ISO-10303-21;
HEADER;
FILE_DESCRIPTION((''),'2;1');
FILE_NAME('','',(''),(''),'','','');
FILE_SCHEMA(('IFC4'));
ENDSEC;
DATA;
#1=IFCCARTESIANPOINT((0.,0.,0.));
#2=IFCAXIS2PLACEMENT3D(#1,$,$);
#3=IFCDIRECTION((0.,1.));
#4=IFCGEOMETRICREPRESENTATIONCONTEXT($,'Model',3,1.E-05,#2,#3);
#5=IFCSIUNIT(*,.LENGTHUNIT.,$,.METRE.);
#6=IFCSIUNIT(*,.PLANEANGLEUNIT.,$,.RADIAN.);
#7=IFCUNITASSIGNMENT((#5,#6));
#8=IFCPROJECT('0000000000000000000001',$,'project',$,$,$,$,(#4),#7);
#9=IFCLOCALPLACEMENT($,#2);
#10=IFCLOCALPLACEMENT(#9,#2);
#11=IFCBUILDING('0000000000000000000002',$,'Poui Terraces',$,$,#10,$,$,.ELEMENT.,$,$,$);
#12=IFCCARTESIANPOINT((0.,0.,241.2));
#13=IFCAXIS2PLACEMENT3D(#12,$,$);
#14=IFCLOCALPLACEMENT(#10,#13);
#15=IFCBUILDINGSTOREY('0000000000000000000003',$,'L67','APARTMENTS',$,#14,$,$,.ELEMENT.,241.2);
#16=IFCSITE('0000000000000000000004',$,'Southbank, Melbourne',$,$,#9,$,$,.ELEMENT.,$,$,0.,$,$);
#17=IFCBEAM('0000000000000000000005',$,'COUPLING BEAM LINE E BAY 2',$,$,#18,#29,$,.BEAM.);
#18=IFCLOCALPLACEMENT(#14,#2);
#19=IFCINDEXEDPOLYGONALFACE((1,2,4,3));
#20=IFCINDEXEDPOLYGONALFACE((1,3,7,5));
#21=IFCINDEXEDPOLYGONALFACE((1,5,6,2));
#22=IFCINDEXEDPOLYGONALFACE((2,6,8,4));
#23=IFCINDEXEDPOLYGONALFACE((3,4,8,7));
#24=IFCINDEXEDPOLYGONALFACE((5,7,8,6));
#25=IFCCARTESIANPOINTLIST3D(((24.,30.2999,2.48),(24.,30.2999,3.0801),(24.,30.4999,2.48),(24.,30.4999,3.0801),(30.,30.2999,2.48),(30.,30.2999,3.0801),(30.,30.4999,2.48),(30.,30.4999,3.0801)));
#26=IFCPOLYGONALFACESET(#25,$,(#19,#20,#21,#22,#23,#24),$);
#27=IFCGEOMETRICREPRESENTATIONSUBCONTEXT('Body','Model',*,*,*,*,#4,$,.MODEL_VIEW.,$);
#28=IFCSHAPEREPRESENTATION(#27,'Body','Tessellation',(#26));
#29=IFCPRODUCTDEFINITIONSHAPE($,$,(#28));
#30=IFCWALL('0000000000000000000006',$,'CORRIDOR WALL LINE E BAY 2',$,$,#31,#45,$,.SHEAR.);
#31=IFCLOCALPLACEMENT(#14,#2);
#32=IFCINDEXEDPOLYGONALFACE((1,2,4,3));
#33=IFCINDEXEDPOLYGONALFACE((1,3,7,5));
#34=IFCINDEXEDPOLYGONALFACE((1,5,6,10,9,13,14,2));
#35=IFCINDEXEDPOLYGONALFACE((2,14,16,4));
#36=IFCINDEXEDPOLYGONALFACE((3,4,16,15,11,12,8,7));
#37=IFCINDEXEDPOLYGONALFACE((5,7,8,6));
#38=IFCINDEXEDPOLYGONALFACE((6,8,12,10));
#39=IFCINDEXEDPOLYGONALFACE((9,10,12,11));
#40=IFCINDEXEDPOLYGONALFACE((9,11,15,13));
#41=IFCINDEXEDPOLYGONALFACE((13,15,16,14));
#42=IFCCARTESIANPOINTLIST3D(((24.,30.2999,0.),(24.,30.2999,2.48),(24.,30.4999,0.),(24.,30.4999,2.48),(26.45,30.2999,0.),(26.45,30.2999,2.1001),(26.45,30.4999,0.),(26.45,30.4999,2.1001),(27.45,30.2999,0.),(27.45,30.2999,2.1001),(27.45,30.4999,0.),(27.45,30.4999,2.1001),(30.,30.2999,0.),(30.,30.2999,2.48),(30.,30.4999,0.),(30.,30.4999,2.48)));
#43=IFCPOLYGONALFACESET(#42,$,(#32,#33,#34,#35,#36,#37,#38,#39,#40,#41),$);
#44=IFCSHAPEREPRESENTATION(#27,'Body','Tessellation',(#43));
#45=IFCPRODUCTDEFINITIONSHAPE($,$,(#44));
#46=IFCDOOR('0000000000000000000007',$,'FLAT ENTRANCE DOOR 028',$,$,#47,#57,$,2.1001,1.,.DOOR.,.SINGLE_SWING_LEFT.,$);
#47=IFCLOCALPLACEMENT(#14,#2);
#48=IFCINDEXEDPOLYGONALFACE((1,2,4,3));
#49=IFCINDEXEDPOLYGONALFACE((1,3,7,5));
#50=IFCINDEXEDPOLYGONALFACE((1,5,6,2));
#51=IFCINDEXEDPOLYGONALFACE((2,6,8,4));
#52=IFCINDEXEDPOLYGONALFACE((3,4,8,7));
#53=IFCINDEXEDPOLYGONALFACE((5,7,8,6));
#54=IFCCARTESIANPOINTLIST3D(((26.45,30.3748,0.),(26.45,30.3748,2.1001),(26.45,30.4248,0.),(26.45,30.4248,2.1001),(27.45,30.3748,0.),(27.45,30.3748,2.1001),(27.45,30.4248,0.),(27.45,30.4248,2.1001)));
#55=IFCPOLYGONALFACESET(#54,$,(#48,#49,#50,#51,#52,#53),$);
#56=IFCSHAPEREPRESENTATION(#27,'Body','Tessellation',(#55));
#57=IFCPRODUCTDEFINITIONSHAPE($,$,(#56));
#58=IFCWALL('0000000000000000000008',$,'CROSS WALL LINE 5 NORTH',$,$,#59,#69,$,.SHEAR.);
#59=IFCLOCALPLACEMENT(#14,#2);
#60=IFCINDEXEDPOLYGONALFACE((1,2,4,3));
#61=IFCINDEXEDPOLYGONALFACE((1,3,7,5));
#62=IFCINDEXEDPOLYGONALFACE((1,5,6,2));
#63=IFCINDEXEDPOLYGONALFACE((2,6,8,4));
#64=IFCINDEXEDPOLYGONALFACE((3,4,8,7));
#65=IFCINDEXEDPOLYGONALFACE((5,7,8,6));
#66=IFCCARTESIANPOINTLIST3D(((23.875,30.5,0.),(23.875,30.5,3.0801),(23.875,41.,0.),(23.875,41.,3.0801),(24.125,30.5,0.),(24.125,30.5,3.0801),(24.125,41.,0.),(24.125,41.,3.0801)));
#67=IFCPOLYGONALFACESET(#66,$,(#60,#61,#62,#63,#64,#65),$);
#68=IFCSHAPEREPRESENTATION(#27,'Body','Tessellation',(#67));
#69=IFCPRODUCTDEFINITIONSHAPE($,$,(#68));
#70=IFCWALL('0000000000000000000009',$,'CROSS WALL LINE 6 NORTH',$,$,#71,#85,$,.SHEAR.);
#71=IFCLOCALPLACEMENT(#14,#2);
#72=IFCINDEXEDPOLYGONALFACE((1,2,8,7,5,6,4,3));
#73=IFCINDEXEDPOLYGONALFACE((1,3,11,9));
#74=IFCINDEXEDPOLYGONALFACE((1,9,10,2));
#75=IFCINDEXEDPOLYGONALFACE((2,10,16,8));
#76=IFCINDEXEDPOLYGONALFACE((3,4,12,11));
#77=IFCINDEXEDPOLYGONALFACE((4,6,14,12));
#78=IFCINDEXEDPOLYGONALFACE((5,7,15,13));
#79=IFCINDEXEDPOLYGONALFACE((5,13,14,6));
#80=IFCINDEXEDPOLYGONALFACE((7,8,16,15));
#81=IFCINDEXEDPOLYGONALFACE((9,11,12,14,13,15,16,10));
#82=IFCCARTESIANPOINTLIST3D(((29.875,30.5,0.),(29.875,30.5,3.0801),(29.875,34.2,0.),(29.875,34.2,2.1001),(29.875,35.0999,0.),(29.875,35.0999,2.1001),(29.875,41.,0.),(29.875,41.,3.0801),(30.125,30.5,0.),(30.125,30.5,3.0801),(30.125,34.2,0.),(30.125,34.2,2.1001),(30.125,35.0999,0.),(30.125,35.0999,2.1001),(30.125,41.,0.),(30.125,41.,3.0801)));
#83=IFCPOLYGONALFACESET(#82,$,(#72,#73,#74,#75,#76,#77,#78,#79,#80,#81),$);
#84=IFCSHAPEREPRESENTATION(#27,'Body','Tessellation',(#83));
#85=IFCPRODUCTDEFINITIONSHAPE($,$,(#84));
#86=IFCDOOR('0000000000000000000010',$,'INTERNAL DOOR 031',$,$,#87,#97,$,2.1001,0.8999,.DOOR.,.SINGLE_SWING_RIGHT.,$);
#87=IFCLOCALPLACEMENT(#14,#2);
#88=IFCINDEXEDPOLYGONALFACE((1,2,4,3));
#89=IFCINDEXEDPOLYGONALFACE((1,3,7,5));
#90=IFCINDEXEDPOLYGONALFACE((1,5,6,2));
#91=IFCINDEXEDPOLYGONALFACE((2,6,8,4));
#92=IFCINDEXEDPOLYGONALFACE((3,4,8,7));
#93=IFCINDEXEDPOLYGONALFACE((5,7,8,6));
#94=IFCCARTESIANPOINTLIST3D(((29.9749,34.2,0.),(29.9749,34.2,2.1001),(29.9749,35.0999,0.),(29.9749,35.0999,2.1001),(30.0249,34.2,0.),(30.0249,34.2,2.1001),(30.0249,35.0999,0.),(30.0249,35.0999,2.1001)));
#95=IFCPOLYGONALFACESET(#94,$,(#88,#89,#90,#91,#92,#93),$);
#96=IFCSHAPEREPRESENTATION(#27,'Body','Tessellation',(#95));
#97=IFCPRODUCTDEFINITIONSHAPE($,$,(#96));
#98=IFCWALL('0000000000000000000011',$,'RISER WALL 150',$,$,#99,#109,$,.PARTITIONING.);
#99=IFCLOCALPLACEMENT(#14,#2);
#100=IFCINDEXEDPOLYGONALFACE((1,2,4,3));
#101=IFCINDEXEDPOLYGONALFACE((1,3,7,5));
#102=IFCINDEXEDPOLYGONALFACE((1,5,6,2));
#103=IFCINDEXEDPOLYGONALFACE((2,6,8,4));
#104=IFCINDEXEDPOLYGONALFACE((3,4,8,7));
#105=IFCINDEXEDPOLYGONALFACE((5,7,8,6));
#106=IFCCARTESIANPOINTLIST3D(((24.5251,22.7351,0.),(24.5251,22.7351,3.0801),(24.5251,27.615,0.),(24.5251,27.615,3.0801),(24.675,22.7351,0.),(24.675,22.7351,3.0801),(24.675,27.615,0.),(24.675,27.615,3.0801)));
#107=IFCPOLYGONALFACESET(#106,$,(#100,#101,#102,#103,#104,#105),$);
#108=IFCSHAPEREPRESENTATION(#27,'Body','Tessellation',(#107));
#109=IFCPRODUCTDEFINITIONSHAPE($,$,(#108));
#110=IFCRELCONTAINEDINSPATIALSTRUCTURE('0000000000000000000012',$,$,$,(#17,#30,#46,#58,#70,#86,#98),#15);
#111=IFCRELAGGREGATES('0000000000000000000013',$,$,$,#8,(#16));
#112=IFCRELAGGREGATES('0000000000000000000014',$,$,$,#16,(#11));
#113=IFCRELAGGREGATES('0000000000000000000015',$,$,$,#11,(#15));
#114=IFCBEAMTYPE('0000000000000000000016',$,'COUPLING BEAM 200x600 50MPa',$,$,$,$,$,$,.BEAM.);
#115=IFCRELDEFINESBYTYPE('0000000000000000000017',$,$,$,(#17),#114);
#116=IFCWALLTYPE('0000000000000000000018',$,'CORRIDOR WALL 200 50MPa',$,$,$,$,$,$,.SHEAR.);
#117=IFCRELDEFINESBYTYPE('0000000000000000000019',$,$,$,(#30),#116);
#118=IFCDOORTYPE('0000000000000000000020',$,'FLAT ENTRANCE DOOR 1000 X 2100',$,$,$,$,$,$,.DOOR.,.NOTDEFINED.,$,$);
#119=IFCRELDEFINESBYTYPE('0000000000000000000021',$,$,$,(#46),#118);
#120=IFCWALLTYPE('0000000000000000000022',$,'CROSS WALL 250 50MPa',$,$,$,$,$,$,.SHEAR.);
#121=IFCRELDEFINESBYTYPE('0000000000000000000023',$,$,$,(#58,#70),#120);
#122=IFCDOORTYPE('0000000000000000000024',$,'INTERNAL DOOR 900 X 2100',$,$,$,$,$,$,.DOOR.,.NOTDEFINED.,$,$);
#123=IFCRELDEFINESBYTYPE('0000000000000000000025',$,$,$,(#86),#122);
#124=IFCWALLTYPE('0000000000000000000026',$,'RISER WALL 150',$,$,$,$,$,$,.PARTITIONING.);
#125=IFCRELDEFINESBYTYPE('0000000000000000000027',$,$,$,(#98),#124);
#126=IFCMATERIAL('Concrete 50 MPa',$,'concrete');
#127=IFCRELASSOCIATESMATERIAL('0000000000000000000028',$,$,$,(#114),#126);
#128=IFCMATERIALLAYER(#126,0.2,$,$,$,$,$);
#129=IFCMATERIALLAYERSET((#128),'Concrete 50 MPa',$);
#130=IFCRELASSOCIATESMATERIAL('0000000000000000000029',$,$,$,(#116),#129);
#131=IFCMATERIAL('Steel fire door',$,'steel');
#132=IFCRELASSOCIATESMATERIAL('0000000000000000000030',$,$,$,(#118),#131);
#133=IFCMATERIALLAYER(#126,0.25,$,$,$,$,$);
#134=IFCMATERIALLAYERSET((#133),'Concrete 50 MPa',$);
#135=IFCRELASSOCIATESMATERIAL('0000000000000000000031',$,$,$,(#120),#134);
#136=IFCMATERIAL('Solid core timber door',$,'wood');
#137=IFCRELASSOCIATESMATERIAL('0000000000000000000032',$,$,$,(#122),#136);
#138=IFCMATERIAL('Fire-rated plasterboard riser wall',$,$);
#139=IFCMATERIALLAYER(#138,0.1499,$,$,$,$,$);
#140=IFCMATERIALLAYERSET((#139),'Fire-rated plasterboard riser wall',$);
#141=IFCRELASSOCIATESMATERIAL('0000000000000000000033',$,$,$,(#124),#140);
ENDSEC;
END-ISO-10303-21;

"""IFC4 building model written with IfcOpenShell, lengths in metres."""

from ifc_helpers import new_model, si_unit, direction, frame, frame_2d, origin, origin_2d, place, context, subcontext, project, spatial, rectangle, extrude, source, transform, mapped, material, layer, layer_set, material_profile, profile_set, type_object, element, fill, save


model = new_model("IFC4")

# Units and contexts
model_context = context("Model", 3, precision=1e-05, world=origin(), true_north=direction((0.0, 1.0)))
body_context = subcontext(model_context, "Body", "Model", "MODEL_VIEW")
ifc_project = project(units=[si_unit("LENGTHUNIT", "METRE"), si_unit("PLANEANGLEUNIT", "RADIAN")], contexts=[model_context])

# Site, building, storey
site_placement = place(None, origin())
site = spatial("IfcSite", under=ifc_project, at=site_placement, Name="Southbank, Melbourne", CompositionType="ELEMENT", RefElevation=0.0)
building_placement = place(site_placement, origin())
building = spatial("IfcBuilding", under=site, at=building_placement, Name="Poui Terraces", CompositionType="ELEMENT")
storey_placement = place(building_placement, frame((0.0, 0.0, 241.2)))
storey = spatial("IfcBuildingStorey", under=building, at=storey_placement, Name="L67", Description="APARTMENTS", CompositionType="ELEMENT", Elevation=241.2)

# Beam
ifc_material_1 = material(Name="Concrete 50 MPa", Category="concrete")
ifc_material_profile = material_profile(ifc_material_1, rectangle(XDim=0.2, YDim=0.6001, at=origin_2d()), Name="RC 200x600")
ifc_profile_set = profile_set([ifc_material_profile], Name="Concrete 50 MPa")
beam_type = type_object("IfcBeamType", Name="COUPLING BEAM 200x600 50MPa", PredefinedType="BEAM", material=ifc_profile_set)
shared_shape = source(origin(), body_context, "Body", "SweptSolid", [
    extrude(rectangle(XDim=0.2, YDim=0.6001, at=origin_2d()), origin(), (0.0, 0.0, 1.0), 6.0),
])
beam_placement = place(storey_placement, frame((24.0, 30.3999, 2.78), z_axis=(1.0, 0.0, 0.0), x_axis=(0.0, 1.0, 0.0)))
element("IfcBeam", 1, at=beam_placement, inside=storey, type_object=beam_type, Name="COUPLING BEAM LINE E BAY 2", PredefinedType="BEAM", context=body_context, shape_type="MappedRepresentation", body=[
    mapped(shared_shape, transform((0.0, 0.0, 0.0))),
])

# Wall, opening, door
ifc_layer_1 = layer(ifc_material_1, 0.2)
ifc_layer_set_1 = layer_set([ifc_layer_1], Name="Concrete 50 MPa")
wall_type_1 = type_object("IfcWallType", Name="CORRIDOR WALL 200 50MPa", PredefinedType="SHEAR", material=ifc_layer_set_1)
wall_1_placement = place(storey_placement, frame((24.0, 30.3999, 0.0), z_axis=(0.0, 0.0, 1.0), x_axis=(1.0, 0.0, 0.0)))
wall_1 = element("IfcWall", 2, at=wall_1_placement, inside=storey, type_object=wall_type_1, Name="CORRIDOR WALL LINE E BAY 2", PredefinedType="SHEAR", context=body_context, shape_type="SweptSolid", body=[
    extrude(rectangle(XDim=6.0, YDim=0.2, at=frame_2d((3.0, 0.0))), origin(), (0.0, 0.0, 1.0), 2.48),
])
opening_1_placement = place(wall_1_placement, frame((2.45, 0.0, 0.0)))
opening_1 = element("IfcOpeningElement", 3, at=opening_1_placement, cuts=wall_1, PredefinedType="OPENING", context=body_context, shape_type="SweptSolid", body=[
    extrude(rectangle(XDim=1.0, YDim=2.1001, at=frame_2d((0.5, 1.05))), frame((0.0, 0.1099, 0.0), z_axis=(0.0, -1.0, 0.0), x_axis=(1.0, 0.0, 0.0)), (0.0, 0.0, 1.0), 0.22),
])
ifc_material_2 = material(Name="Steel fire door", Category="steel")
door_type_1 = type_object("IfcDoorType", Name="FLAT ENTRANCE DOOR 1000 X 2100", OperationType="NOTDEFINED", PredefinedType="DOOR", material=ifc_material_2)
door_1_placement = place(opening_1_placement, origin())
door_1 = element("IfcDoor", 4, at=door_1_placement, inside=storey, type_object=door_type_1, Name="FLAT ENTRANCE DOOR 028", OperationType="SINGLE_SWING_LEFT", OverallHeight=2.1001, OverallWidth=1.0, PredefinedType="DOOR", context=body_context, shape_type="SweptSolid", body=[
    extrude(rectangle(XDim=1.0, YDim=2.1001, at=frame_2d((0.5, 1.05))), frame((0.0, 0.0249, 0.0), z_axis=(0.0, -1.0, 0.0), x_axis=(1.0, 0.0, 0.0)), (0.0, 0.0, 1.0), 0.05),
])
fill(opening_1, door_1)

# Wall
ifc_layer_2 = layer(ifc_material_1, 0.25)
ifc_layer_set_2 = layer_set([ifc_layer_2], Name="Concrete 50 MPa")
wall_type_2 = type_object("IfcWallType", Name="CROSS WALL 250 50MPa", PredefinedType="SHEAR", material=ifc_layer_set_2)
wall_2_placement = place(storey_placement, frame((24.0, 30.5, 0.0), z_axis=(0.0, 0.0, 1.0), x_axis=(0.0, 1.0, 0.0)))
element("IfcWall", 5, at=wall_2_placement, inside=storey, type_object=wall_type_2, Name="CROSS WALL LINE 5 NORTH", PredefinedType="SHEAR", context=body_context, shape_type="SweptSolid", body=[
    extrude(rectangle(XDim=10.5, YDim=0.25, at=frame_2d((5.25, 0.0))), origin(), (0.0, 0.0, 1.0), 3.0801),
])

# Wall, opening, door
wall_3_placement = place(storey_placement, frame((30.0, 30.5, 0.0), z_axis=(0.0, 0.0, 1.0), x_axis=(0.0, 1.0, 0.0)))
wall_3 = element("IfcWall", 6, at=wall_3_placement, inside=storey, type_object=wall_type_2, Name="CROSS WALL LINE 6 NORTH", PredefinedType="SHEAR", context=body_context, shape_type="SweptSolid", body=[
    extrude(rectangle(XDim=10.5, YDim=0.25, at=frame_2d((5.25, 0.0))), origin(), (0.0, 0.0, 1.0), 3.0801),
])
opening_2_placement = place(wall_3_placement, frame((3.7, 0.0, 0.0)))
opening_2 = element("IfcOpeningElement", 7, at=opening_2_placement, cuts=wall_3, PredefinedType="OPENING", context=body_context, shape_type="SweptSolid", body=[
    extrude(rectangle(XDim=0.8999, YDim=2.1001, at=frame_2d((0.45, 1.05))), frame((0.0, 0.135, 0.0), z_axis=(0.0, -1.0, 0.0), x_axis=(1.0, 0.0, 0.0)), (0.0, 0.0, 1.0), 0.27),
])
ifc_material_3 = material(Name="Solid core timber door", Category="wood")
door_type_2 = type_object("IfcDoorType", Name="INTERNAL DOOR 900 X 2100", OperationType="NOTDEFINED", PredefinedType="DOOR", material=ifc_material_3)
door_2_placement = place(opening_2_placement, frame((0.8999, 0.0, 0.0), z_axis=(0.0, 0.0, 1.0), x_axis=(-1.0, 0.0, 0.0)))
door_2 = element("IfcDoor", 8, at=door_2_placement, inside=storey, type_object=door_type_2, Name="INTERNAL DOOR 031", OperationType="SINGLE_SWING_RIGHT", OverallHeight=2.1001, OverallWidth=0.8999, PredefinedType="DOOR", context=body_context, shape_type="SweptSolid", body=[
    extrude(rectangle(XDim=0.8999, YDim=2.1001, at=frame_2d((0.45, 1.05))), frame((0.0, 0.0249, 0.0), z_axis=(0.0, -1.0, 0.0), x_axis=(1.0, 0.0, 0.0)), (0.0, 0.0, 1.0), 0.05),
])
fill(opening_2, door_2)

# Wall
ifc_material_4 = material(Name="Fire-rated plasterboard riser wall")
ifc_layer_3 = layer(ifc_material_4, 0.1499)
ifc_layer_set_3 = layer_set([ifc_layer_3], Name="Fire-rated plasterboard riser wall")
wall_type_3 = type_object("IfcWallType", Name="RISER WALL 150", PredefinedType="PARTITIONING", material=ifc_layer_set_3)
wall_4_placement = place(storey_placement, frame((24.6001, 22.7351, 0.0), z_axis=(0.0, 0.0, 1.0), x_axis=(0.0, 1.0, 0.0)))
element("IfcWall", 9, at=wall_4_placement, inside=storey, type_object=wall_type_3, Name="RISER WALL 150", PredefinedType="PARTITIONING", context=body_context, shape_type="SweptSolid", body=[
    extrude(rectangle(XDim=4.8799, YDim=0.1499, at=frame_2d((2.4399, 0.0))), origin(), (0.0, 0.0, 1.0), 3.0801),
])

save(model, "model.ifc")
